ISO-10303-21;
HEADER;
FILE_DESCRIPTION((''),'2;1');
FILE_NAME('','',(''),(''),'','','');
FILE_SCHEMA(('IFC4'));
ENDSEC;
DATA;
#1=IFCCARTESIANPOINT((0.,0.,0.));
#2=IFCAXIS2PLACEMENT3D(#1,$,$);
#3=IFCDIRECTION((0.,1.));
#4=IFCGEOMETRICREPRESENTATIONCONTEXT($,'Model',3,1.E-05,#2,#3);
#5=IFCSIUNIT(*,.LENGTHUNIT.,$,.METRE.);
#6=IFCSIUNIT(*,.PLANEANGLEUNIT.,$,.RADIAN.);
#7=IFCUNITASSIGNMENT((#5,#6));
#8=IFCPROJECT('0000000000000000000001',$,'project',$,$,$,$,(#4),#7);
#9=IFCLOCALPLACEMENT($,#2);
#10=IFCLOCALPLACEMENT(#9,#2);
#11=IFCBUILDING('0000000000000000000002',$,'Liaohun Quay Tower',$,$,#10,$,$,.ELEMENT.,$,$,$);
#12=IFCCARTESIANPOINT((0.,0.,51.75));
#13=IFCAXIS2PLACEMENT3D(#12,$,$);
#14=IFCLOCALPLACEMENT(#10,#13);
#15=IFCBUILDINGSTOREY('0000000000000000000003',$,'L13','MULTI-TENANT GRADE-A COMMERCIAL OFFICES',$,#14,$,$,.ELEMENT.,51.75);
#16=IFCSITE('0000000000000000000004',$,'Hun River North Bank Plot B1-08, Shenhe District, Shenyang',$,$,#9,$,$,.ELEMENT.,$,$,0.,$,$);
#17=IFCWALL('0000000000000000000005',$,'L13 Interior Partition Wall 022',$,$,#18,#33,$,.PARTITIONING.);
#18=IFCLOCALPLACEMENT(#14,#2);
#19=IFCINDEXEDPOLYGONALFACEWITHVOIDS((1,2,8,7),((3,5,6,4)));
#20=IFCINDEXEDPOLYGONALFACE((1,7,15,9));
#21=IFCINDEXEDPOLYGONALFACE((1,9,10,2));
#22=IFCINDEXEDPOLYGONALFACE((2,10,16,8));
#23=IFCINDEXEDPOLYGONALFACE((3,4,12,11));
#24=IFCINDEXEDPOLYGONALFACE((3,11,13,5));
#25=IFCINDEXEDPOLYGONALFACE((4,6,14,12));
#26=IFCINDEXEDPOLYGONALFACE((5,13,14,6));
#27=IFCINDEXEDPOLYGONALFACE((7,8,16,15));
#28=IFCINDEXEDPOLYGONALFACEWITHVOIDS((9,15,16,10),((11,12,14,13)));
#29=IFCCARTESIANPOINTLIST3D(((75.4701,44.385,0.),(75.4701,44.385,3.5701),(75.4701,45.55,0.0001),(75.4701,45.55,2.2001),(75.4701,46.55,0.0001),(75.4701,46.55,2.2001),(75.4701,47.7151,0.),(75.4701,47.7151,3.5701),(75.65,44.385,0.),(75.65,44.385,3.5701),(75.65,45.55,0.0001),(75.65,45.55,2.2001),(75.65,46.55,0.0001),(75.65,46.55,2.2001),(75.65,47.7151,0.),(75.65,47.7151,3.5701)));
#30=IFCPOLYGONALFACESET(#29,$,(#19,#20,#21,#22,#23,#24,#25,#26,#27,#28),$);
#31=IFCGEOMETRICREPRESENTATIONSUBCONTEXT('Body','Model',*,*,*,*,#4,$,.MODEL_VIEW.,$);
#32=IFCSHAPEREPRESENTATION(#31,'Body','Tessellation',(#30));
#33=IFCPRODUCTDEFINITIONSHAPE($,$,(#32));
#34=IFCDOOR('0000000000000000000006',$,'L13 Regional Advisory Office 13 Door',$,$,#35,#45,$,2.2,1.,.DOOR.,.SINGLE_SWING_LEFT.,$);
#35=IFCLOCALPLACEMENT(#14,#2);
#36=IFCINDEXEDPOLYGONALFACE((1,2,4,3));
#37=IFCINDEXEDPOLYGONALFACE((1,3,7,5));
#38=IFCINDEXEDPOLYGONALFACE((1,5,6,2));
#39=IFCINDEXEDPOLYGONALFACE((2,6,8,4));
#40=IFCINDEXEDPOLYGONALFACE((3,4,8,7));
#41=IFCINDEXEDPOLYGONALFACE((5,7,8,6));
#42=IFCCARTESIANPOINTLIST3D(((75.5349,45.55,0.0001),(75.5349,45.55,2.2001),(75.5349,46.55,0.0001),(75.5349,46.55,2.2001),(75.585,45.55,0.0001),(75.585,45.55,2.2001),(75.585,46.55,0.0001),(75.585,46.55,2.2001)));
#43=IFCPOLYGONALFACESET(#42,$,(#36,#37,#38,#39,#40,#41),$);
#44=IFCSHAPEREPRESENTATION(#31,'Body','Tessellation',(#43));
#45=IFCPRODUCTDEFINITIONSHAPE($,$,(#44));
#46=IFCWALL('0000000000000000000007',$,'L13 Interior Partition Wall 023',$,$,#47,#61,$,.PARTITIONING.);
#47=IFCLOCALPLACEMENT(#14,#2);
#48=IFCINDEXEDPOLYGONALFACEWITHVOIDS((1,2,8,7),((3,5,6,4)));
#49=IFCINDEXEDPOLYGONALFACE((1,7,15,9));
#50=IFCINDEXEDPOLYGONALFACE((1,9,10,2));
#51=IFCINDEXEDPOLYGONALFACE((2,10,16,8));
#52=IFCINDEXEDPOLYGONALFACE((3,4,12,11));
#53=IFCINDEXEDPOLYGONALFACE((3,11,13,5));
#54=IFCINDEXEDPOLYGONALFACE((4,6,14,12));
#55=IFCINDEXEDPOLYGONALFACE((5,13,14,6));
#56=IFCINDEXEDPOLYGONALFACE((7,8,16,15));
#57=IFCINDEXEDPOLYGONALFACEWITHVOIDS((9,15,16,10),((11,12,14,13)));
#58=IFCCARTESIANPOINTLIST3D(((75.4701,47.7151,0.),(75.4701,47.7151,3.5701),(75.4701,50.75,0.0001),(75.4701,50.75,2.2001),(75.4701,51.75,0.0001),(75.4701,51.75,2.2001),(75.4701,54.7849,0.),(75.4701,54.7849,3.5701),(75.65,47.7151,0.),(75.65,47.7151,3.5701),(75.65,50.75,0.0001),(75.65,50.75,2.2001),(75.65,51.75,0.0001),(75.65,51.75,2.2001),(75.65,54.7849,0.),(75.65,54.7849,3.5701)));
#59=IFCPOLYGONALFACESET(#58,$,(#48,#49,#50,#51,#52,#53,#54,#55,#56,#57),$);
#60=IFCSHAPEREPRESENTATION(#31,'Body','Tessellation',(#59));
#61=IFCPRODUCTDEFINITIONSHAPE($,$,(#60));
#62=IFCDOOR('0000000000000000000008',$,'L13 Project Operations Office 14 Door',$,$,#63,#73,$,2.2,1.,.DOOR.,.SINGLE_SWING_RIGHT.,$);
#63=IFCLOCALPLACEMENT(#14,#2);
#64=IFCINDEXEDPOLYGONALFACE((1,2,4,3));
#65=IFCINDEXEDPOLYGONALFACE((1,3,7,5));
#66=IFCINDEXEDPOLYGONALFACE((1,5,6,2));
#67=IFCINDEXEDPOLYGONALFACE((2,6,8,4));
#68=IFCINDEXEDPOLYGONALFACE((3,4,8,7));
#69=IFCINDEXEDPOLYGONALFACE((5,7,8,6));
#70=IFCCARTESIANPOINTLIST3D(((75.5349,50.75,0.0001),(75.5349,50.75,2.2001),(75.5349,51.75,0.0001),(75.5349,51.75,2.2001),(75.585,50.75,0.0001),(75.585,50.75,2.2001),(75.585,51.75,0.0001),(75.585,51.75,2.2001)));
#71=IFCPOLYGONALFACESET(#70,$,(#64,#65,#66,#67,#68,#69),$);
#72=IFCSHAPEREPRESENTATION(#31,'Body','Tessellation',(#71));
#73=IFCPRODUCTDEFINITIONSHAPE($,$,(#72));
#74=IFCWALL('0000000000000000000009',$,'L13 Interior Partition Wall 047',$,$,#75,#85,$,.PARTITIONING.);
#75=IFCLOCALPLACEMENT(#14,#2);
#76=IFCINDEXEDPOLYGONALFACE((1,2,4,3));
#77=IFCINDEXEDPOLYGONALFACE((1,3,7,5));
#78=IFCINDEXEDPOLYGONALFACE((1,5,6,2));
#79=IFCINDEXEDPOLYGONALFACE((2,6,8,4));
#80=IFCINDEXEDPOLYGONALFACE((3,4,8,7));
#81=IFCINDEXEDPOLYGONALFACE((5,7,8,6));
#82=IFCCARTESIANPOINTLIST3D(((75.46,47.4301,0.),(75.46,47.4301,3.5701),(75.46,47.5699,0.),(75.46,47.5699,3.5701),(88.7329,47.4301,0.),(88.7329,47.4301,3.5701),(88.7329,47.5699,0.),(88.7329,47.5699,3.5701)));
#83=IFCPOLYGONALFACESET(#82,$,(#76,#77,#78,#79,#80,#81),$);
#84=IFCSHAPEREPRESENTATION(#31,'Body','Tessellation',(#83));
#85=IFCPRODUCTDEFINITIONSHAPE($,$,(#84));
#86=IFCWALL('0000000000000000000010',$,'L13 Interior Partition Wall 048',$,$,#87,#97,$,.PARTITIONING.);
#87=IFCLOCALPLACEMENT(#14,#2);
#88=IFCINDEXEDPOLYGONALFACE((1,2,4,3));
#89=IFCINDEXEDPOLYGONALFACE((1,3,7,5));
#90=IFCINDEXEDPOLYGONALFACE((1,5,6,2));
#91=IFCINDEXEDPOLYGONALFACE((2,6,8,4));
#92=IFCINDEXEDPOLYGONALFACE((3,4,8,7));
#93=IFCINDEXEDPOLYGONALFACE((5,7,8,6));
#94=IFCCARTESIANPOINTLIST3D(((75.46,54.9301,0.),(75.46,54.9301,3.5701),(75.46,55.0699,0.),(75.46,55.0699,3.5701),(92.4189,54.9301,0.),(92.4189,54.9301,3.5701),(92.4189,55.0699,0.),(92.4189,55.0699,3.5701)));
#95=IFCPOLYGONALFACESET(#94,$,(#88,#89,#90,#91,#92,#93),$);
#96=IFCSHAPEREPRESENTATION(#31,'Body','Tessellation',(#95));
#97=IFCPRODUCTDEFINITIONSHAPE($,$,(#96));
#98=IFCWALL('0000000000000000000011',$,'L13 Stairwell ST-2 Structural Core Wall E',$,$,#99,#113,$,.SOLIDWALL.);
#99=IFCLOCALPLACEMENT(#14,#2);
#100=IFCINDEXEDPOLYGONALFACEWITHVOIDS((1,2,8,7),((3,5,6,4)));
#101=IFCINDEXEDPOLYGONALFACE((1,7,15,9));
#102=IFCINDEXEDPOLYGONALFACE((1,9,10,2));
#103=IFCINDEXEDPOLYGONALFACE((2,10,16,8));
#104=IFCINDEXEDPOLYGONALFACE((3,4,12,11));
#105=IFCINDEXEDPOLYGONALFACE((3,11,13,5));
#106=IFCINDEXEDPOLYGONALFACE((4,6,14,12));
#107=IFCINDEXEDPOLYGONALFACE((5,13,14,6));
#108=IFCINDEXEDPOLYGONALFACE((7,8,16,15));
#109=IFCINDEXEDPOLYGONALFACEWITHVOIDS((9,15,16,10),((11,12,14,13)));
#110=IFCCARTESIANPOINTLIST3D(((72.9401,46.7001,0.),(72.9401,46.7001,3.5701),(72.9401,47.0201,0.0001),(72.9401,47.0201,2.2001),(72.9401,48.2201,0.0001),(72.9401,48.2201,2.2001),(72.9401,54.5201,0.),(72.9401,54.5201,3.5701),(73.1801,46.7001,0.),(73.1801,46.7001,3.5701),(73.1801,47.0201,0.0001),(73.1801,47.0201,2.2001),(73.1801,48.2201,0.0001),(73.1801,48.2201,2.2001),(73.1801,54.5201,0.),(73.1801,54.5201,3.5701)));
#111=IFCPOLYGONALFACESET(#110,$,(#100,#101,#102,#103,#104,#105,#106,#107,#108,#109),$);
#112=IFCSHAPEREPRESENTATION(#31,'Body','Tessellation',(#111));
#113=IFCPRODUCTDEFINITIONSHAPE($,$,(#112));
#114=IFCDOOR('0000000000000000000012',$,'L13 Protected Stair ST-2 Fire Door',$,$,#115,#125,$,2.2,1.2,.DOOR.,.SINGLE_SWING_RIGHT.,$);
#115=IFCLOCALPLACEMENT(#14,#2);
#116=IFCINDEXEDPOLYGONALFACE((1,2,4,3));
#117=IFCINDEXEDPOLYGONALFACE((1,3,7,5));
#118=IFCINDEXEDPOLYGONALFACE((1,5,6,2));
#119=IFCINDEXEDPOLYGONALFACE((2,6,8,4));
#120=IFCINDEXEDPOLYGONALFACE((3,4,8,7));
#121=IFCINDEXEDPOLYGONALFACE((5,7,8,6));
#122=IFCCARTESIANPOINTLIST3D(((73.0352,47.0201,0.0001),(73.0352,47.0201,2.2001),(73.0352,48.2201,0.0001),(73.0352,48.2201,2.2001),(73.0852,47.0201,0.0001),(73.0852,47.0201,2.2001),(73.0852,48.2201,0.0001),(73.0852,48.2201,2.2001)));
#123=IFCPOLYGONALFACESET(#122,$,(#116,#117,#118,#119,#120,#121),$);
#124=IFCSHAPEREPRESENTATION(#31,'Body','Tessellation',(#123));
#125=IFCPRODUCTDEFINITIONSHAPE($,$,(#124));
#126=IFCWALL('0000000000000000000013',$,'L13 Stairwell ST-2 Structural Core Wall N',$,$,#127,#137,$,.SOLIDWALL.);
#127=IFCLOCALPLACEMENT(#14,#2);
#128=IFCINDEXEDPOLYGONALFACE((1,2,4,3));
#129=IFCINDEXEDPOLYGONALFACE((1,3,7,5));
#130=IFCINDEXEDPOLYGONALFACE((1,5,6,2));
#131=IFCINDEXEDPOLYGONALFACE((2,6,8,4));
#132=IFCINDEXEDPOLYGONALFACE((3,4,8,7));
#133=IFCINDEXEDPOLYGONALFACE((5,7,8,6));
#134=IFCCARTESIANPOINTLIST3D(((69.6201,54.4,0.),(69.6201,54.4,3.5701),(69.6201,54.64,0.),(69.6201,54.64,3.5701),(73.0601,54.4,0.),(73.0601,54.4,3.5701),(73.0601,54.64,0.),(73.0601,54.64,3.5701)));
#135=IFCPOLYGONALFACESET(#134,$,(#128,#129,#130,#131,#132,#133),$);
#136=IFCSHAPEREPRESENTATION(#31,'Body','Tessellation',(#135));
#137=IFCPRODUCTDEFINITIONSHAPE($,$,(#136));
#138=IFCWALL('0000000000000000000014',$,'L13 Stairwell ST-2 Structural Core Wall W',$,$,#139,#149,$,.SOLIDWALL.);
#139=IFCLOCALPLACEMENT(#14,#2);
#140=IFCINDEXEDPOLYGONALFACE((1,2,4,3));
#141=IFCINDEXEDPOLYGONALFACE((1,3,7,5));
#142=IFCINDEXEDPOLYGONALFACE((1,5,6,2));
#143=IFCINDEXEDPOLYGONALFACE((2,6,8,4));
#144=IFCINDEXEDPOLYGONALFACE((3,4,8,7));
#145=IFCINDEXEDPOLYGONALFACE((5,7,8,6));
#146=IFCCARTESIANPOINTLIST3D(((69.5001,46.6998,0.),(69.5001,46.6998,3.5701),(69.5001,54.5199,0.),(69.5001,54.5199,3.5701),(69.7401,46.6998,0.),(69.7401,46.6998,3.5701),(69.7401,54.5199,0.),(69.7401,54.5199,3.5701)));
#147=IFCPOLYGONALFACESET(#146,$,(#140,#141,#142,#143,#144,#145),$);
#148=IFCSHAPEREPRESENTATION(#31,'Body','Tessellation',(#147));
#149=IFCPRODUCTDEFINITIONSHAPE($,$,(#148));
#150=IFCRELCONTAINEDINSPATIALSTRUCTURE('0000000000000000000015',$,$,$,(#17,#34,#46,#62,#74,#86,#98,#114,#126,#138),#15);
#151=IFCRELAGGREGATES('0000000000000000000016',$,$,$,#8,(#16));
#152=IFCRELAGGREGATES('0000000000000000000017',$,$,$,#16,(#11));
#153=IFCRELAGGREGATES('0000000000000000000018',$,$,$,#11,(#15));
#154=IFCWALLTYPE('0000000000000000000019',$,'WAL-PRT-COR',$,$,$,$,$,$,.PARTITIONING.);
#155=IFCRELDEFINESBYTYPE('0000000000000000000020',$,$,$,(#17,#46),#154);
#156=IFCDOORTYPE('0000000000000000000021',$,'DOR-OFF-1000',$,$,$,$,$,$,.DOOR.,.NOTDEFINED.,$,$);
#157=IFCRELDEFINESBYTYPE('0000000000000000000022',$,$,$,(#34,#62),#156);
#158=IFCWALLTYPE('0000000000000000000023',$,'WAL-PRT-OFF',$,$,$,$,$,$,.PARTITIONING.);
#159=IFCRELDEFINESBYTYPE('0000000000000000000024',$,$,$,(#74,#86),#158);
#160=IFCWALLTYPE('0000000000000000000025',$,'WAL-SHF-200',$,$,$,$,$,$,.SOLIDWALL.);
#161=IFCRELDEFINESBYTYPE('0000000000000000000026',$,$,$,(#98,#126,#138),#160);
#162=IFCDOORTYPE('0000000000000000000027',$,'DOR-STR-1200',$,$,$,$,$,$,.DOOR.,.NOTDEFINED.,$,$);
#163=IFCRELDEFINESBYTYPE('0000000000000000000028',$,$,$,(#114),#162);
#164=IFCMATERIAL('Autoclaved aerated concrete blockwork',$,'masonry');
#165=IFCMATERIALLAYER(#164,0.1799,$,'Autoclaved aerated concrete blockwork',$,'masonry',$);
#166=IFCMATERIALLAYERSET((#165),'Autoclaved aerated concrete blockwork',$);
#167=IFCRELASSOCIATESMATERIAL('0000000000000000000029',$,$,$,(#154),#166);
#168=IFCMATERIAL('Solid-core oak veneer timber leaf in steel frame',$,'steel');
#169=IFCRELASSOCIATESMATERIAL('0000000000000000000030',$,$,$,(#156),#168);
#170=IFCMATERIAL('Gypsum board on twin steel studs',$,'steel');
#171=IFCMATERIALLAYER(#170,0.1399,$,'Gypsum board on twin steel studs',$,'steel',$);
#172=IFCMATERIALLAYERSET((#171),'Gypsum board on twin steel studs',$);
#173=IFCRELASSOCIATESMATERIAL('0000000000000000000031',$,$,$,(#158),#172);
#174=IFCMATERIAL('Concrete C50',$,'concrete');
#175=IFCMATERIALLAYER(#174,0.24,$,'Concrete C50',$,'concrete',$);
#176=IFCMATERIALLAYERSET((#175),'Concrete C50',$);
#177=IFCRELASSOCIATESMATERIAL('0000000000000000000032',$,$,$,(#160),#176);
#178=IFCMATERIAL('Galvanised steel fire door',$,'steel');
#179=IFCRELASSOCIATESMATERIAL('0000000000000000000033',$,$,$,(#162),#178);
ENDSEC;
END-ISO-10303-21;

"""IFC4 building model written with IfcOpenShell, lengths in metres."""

from ifc_helpers import new_model, si_unit, direction, frame, frame_2d, origin, place, context, subcontext, project, spatial, rectangle, extrude, source, transform, mapped, material, layer, layer_set, type_object, element, fill, save


model = new_model("IFC4")

# Units and contexts
model_context = context("Model", 3, precision=1e-05, world=origin(), true_north=direction((0.0, 1.0)))
body_context = subcontext(model_context, "Body", "Model", "MODEL_VIEW")
ifc_project = project(units=[si_unit("LENGTHUNIT", "METRE"), si_unit("PLANEANGLEUNIT", "RADIAN")], contexts=[model_context])

# Site, building, storey
site_placement = place(None, origin())
site = spatial("IfcSite", under=ifc_project, at=site_placement, Name="Hun River North Bank Plot B1-08, Shenhe District, Shenyang", CompositionType="ELEMENT", RefElevation=0.0)
building_placement = place(site_placement, origin())
building = spatial("IfcBuilding", under=site, at=building_placement, Name="Liaohun Quay Tower", CompositionType="ELEMENT")
storey_placement = place(building_placement, frame((0.0, 0.0, 51.75)))
storey = spatial("IfcBuildingStorey", under=building, at=storey_placement, Name="L13", Description="MULTI-TENANT GRADE-A COMMERCIAL OFFICES", CompositionType="ELEMENT", Elevation=51.75)

# Walls, openings, doors
ifc_material_1 = material(Name="Autoclaved aerated concrete blockwork", Category="masonry")
ifc_layer_1 = layer(ifc_material_1, 0.1799, Name="Autoclaved aerated concrete blockwork", Category="masonry")
ifc_layer_set_1 = layer_set([ifc_layer_1], Name="Autoclaved aerated concrete blockwork")
wall_type_1 = type_object("IfcWallType", Name="WAL-PRT-COR", PredefinedType="PARTITIONING", material=ifc_layer_set_1)
wall_1_placement = place(storey_placement, frame((75.5601, 47.7151, 0.0), z_axis=(0.0, 0.0, 1.0), x_axis=(0.0, -1.0, 0.0)))
wall_1 = element("IfcWall", 1, at=wall_1_placement, inside=storey, type_object=wall_type_1, Name="L13 Interior Partition Wall 022", PredefinedType="PARTITIONING", context=body_context, shape_type="SweptSolid", body=[
    extrude(rectangle(XDim=3.3301, YDim=0.1799, at=frame_2d((1.665, 0.0))), origin(), (0.0, 0.0, 1.0), 3.5701),
])
shared_shape_1 = source(origin(), body_context, "Body", "SweptSolid", [
    extrude(rectangle(XDim=1.0, YDim=2.2, at=frame_2d((0.5, 1.1001))), frame((0.0, 0.0999, 0.0), z_axis=(0.0, -1.0, 0.0), x_axis=(1.0, 0.0, 0.0)), (0.0, 0.0, 1.0), 0.2),
])
opening_1_placement = place(wall_1_placement, frame((1.165, 0.0, 0.0)))
opening_1 = element("IfcOpeningElement", 2, at=opening_1_placement, cuts=wall_1, PredefinedType="OPENING", context=body_context, shape_type="MappedRepresentation", body=[
    mapped(shared_shape_1, transform((0.0, 0.0, 0.0), x_axis=(1.0, 0.0, 0.0), y_axis=(0.0, 1.0, 0.0), z_axis=(0.0, 0.0, 1.0), scale=1.0)),
])
ifc_material_2 = material(Name="Solid-core oak veneer timber leaf in steel frame", Category="steel")
door_type_1 = type_object("IfcDoorType", Name="DOR-OFF-1000", OperationType="NOTDEFINED", PredefinedType="DOOR", material=ifc_material_2)
shared_shape_2 = source(origin(), body_context, "Body", "SweptSolid", [
    extrude(rectangle(XDim=1.0, YDim=2.2, at=frame_2d((0.5, 1.1001))), frame((0.0, 0.0249, 0.0), z_axis=(0.0, -1.0, 0.0), x_axis=(1.0, 0.0, 0.0)), (0.0, 0.0, 1.0), 0.05),
])
door_1_placement = place(opening_1_placement, origin())
door_1 = element("IfcDoor", 3, at=door_1_placement, inside=storey, type_object=door_type_1, Name="L13 Regional Advisory Office 13 Door", OperationType="SINGLE_SWING_LEFT", OverallHeight=2.2, OverallWidth=1.0, PredefinedType="DOOR", context=body_context, shape_type="MappedRepresentation", body=[
    mapped(shared_shape_2, transform((0.0, 0.0, 0.0), x_axis=(1.0, 0.0, 0.0), y_axis=(0.0, 1.0, 0.0), z_axis=(0.0, 0.0, 1.0), scale=1.0)),
])
fill(opening_1, door_1)
wall_2_placement = place(storey_placement, frame((75.5601, 54.7849, 0.0), z_axis=(0.0, 0.0, 1.0), x_axis=(0.0, -1.0, 0.0)))
wall_2 = element("IfcWall", 4, at=wall_2_placement, inside=storey, type_object=wall_type_1, Name="L13 Interior Partition Wall 023", PredefinedType="PARTITIONING", context=body_context, shape_type="SweptSolid", body=[
    extrude(rectangle(XDim=7.0698, YDim=0.1799, at=frame_2d((3.5349, 0.0))), origin(), (0.0, 0.0, 1.0), 3.5701),
])
opening_2_placement = place(wall_2_placement, frame((3.0349, 0.0, 0.0)))
opening_2 = element("IfcOpeningElement", 5, at=opening_2_placement, cuts=wall_2, PredefinedType="OPENING", context=body_context, shape_type="MappedRepresentation", body=[
    mapped(shared_shape_1, transform((0.0, 0.0, 0.0), x_axis=(1.0, 0.0, 0.0), y_axis=(0.0, 1.0, 0.0), z_axis=(0.0, 0.0, 1.0), scale=1.0)),
])
door_2_placement = place(opening_2_placement, origin())
door_2 = element("IfcDoor", 6, at=door_2_placement, inside=storey, type_object=door_type_1, Name="L13 Project Operations Office 14 Door", OperationType="SINGLE_SWING_RIGHT", OverallHeight=2.2, OverallWidth=1.0, PredefinedType="DOOR", context=body_context, shape_type="MappedRepresentation", body=[
    mapped(shared_shape_2, transform((0.0, 0.0, 0.0), x_axis=(1.0, 0.0, 0.0), y_axis=(0.0, 1.0, 0.0), z_axis=(0.0, 0.0, 1.0), scale=1.0)),
])
fill(opening_2, door_2)

# Walls
ifc_material_3 = material(Name="Gypsum board on twin steel studs", Category="steel")
ifc_layer_2 = layer(ifc_material_3, 0.1399, Name="Gypsum board on twin steel studs", Category="steel")
ifc_layer_set_2 = layer_set([ifc_layer_2], Name="Gypsum board on twin steel studs")
wall_type_2 = type_object("IfcWallType", Name="WAL-PRT-OFF", PredefinedType="PARTITIONING", material=ifc_layer_set_2)
wall_3_placement = place(storey_placement, frame((75.46, 47.5, 0.0), z_axis=(0.0, 0.0, 1.0), x_axis=(1.0, 0.0, 0.0)))
element("IfcWall", 7, at=wall_3_placement, inside=storey, type_object=wall_type_2, Name="L13 Interior Partition Wall 047", PredefinedType="PARTITIONING", context=body_context, shape_type="SweptSolid", body=[
    extrude(rectangle(XDim=13.2729, YDim=0.1399, at=frame_2d((6.6365, 0.0))), origin(), (0.0, 0.0, 1.0), 3.5701),
])
wall_4_placement = place(storey_placement, frame((75.46, 55.0, 0.0), z_axis=(0.0, 0.0, 1.0), x_axis=(1.0, 0.0, 0.0)))
element("IfcWall", 8, at=wall_4_placement, inside=storey, type_object=wall_type_2, Name="L13 Interior Partition Wall 048", PredefinedType="PARTITIONING", context=body_context, shape_type="SweptSolid", body=[
    extrude(rectangle(XDim=16.959, YDim=0.1399, at=frame_2d((8.4795, 0.0))), origin(), (0.0, 0.0, 1.0), 3.5701),
])

# Wall, opening, door
ifc_material_4 = material(Name="Concrete C50", Category="concrete")
ifc_layer_3 = layer(ifc_material_4, 0.24, Name="Concrete C50", Category="concrete")
ifc_layer_set_3 = layer_set([ifc_layer_3], Name="Concrete C50")
wall_type_3 = type_object("IfcWallType", Name="WAL-SHF-200", PredefinedType="SOLIDWALL", material=ifc_layer_set_3)
wall_5_placement = place(storey_placement, frame((73.0601, 46.7, 0.0), z_axis=(0.0, 0.0, 1.0), x_axis=(0.0, 1.0, 0.0)))
wall_5 = element("IfcWall", 9, at=wall_5_placement, inside=storey, type_object=wall_type_3, Name="L13 Stairwell ST-2 Structural Core Wall E", PredefinedType="SOLIDWALL", context=body_context, shape_type="SweptSolid", body=[
    extrude(rectangle(XDim=7.8201, YDim=0.24, at=frame_2d((3.9102, 0.0))), origin(), (0.0, 0.0, 1.0), 3.5701),
])
shared_shape_3 = source(origin(), body_context, "Body", "SweptSolid", [
    extrude(rectangle(XDim=1.2, YDim=2.2, at=frame_2d((0.6001, 1.1001))), frame((0.0, 0.1299, 0.0), z_axis=(0.0, -1.0, 0.0), x_axis=(1.0, 0.0, 0.0)), (0.0, 0.0, 1.0), 0.26),
])
opening_3_placement = place(wall_5_placement, frame((0.3201, 0.0, 0.0)))
opening_3 = element("IfcOpeningElement", 10, at=opening_3_placement, cuts=wall_5, PredefinedType="OPENING", context=body_context, shape_type="MappedRepresentation", body=[
    mapped(shared_shape_3, transform((0.0, 0.0, 0.0), x_axis=(1.0, 0.0, 0.0), y_axis=(0.0, 1.0, 0.0), z_axis=(0.0, 0.0, 1.0), scale=1.0)),
])
ifc_material_5 = material(Name="Galvanised steel fire door", Category="steel")
door_type_2 = type_object("IfcDoorType", Name="DOR-STR-1200", OperationType="NOTDEFINED", PredefinedType="DOOR", material=ifc_material_5)
shared_shape_4 = source(origin(), body_context, "Body", "SweptSolid", [
    extrude(rectangle(XDim=1.2, YDim=2.2, at=frame_2d((0.6001, 1.1001))), frame((0.0, 0.0249, 0.0), z_axis=(0.0, -1.0, 0.0), x_axis=(1.0, 0.0, 0.0)), (0.0, 0.0, 1.0), 0.05),
])
door_3_placement = place(opening_3_placement, origin())
door_3 = element("IfcDoor", 11, at=door_3_placement, inside=storey, type_object=door_type_2, Name="L13 Protected Stair ST-2 Fire Door", OperationType="SINGLE_SWING_RIGHT", OverallHeight=2.2, OverallWidth=1.2, PredefinedType="DOOR", context=body_context, shape_type="MappedRepresentation", body=[
    mapped(shared_shape_4, transform((0.0, 0.0, 0.0), x_axis=(1.0, 0.0, 0.0), y_axis=(0.0, 1.0, 0.0), z_axis=(0.0, 0.0, 1.0), scale=1.0)),
])
fill(opening_3, door_3)

# Walls
wall_6_placement = place(storey_placement, frame((73.0601, 54.52, 0.0), z_axis=(0.0, 0.0, 1.0), x_axis=(-1.0, 0.0, 0.0)))
element("IfcWall", 12, at=wall_6_placement, inside=storey, type_object=wall_type_3, Name="L13 Stairwell ST-2 Structural Core Wall N", PredefinedType="SOLIDWALL", context=body_context, shape_type="SweptSolid", body=[
    extrude(rectangle(XDim=3.4399, YDim=0.24, at=frame_2d((1.72, 0.0))), origin(), (0.0, 0.0, 1.0), 3.5701),
])
wall_7_placement = place(storey_placement, frame((69.6201, 54.52, 0.0), z_axis=(0.0, 0.0, 1.0), x_axis=(0.0, -1.0, 0.0)))
element("IfcWall", 13, at=wall_7_placement, inside=storey, type_object=wall_type_3, Name="L13 Stairwell ST-2 Structural Core Wall W", PredefinedType="SOLIDWALL", context=body_context, shape_type="SweptSolid", body=[
    extrude(rectangle(XDim=7.8201, YDim=0.24, at=frame_2d((3.9102, 0.0))), origin(), (0.0, 0.0, 1.0), 3.5701),
])

save(model, "model.ifc")
